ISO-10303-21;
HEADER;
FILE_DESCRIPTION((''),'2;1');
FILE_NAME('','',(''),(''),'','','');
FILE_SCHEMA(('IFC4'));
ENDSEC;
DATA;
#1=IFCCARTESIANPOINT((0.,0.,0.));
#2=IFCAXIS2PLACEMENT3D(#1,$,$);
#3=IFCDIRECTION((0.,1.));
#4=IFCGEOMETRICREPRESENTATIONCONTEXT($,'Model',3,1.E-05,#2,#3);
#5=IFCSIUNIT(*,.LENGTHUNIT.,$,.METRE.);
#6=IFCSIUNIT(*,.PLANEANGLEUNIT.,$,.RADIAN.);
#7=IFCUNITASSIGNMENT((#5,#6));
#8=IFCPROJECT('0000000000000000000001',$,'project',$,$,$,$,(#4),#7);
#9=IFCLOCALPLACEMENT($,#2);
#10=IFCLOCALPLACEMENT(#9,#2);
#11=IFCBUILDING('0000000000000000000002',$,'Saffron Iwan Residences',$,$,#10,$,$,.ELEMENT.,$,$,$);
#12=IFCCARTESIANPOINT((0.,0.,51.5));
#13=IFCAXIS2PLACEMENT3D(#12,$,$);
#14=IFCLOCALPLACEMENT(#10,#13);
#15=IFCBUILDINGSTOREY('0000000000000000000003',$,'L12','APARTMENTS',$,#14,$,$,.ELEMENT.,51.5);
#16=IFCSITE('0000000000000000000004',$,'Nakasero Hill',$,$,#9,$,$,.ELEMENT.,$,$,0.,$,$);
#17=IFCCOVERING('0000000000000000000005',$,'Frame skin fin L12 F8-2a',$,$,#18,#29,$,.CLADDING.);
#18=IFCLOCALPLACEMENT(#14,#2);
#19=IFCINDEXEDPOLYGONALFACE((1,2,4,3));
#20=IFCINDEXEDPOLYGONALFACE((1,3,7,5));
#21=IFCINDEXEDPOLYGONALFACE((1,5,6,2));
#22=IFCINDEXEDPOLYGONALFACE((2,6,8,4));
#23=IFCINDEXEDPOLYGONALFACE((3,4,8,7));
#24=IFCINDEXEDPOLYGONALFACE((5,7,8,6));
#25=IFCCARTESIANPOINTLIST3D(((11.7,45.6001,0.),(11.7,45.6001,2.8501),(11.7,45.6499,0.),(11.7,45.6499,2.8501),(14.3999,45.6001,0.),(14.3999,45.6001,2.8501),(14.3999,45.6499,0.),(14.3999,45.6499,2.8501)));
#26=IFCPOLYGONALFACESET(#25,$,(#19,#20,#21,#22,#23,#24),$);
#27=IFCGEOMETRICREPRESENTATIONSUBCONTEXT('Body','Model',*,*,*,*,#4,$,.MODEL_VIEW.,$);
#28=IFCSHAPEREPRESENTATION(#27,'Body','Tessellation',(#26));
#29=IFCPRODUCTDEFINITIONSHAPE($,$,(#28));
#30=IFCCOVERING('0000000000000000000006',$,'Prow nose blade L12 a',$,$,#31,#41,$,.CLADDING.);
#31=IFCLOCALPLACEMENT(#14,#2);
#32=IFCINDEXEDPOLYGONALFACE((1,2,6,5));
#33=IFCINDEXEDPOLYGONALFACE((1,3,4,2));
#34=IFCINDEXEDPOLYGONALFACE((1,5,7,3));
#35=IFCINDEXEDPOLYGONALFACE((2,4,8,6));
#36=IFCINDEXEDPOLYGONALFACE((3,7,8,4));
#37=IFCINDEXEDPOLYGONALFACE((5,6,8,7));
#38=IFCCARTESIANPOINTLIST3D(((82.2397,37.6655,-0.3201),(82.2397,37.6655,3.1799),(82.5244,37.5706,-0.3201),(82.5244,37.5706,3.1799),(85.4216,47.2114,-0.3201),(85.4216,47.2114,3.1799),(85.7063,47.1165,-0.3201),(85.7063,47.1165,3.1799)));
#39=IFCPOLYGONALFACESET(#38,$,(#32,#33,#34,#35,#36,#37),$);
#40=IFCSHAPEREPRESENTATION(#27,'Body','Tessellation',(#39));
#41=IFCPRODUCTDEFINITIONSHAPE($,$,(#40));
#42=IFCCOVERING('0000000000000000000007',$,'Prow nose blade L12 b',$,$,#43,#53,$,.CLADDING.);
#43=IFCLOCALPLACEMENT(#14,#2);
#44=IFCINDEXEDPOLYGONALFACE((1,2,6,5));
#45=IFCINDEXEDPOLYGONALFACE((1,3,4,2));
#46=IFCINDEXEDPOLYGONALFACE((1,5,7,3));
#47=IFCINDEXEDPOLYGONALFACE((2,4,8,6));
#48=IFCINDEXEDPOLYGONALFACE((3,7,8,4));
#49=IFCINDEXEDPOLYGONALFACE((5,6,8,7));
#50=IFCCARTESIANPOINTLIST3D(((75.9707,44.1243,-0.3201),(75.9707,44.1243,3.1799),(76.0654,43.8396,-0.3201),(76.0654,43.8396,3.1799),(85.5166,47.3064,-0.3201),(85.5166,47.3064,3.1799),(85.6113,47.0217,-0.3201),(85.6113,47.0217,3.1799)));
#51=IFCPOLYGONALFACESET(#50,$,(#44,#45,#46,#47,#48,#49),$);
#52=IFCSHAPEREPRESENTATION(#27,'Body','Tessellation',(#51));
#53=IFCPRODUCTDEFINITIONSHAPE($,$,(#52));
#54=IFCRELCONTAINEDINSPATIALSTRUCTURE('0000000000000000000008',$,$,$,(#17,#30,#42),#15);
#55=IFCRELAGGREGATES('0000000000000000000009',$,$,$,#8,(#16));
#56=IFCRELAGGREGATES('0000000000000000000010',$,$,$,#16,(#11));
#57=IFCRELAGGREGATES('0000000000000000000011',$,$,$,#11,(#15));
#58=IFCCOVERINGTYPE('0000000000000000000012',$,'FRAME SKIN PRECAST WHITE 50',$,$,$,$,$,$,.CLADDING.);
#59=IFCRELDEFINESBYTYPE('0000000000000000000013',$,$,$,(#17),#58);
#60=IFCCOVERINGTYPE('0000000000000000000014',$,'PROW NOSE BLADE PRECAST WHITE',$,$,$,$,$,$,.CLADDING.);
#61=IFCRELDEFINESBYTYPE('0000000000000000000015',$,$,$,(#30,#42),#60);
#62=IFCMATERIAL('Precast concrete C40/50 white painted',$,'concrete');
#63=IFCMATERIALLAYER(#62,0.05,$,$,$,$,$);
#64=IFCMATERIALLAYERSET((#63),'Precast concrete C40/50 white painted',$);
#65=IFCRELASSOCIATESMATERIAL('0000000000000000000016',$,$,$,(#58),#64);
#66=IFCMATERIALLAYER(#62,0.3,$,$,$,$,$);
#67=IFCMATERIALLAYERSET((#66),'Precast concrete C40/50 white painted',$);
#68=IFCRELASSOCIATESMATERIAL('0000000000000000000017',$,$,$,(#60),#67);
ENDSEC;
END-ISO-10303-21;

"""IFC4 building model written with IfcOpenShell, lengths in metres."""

from ifc_helpers import new_model, si_unit, direction, frame, origin, place, context, subcontext, project, spatial, polyline, outline, extrude, material, layer, layer_set, type_object, element, save


model = new_model("IFC4")

# Units and contexts
model_context = context("Model", 3, precision=1e-05, world=origin(), true_north=direction((0.0, 1.0)))
body_context = subcontext(model_context, "Body", "Model", "MODEL_VIEW")
ifc_project = project(units=[si_unit("LENGTHUNIT", "METRE"), si_unit("PLANEANGLEUNIT", "RADIAN")], contexts=[model_context])

# Site, building, storey
site_placement = place(None, origin())
site = spatial("IfcSite", under=ifc_project, at=site_placement, Name="Nakasero Hill", CompositionType="ELEMENT", RefElevation=0.0)
building_placement = place(site_placement, origin())
building = spatial("IfcBuilding", under=site, at=building_placement, Name="Saffron Iwan Residences", CompositionType="ELEMENT")
storey_placement = place(building_placement, frame((0.0, 0.0, 51.5)))
storey = spatial("IfcBuildingStorey", under=building, at=storey_placement, Name="L12", Description="APARTMENTS", CompositionType="ELEMENT", Elevation=51.5)

# Coverings
ifc_material_1 = material(Name="Precast concrete C40/50 white painted", Category="concrete")
ifc_layer_1 = layer(ifc_material_1, 0.05)
ifc_layer_set_1 = layer_set([ifc_layer_1], Name="Precast concrete C40/50 white painted")
covering_type_1 = type_object("IfcCoveringType", Name="FRAME SKIN PRECAST WHITE 50", PredefinedType="CLADDING", material=ifc_layer_set_1)
covering_1_placement = place(storey_placement, origin())
element("IfcCovering", 1, at=covering_1_placement, inside=storey, type_object=covering_type_1, Name="Frame skin fin L12 F8-2a", PredefinedType="CLADDING", context=body_context, shape_type="SweptSolid", body=[
    extrude(outline(polyline([(11.7, 45.6499), (11.7, 45.6001), (14.3999, 45.6001), (14.3999, 45.6499), (11.7, 45.6499)])), origin(), (0.0, 0.0, 1.0), 2.8501),
])
ifc_layer_2 = layer(ifc_material_1, 0.3)
ifc_layer_set_2 = layer_set([ifc_layer_2], Name="Precast concrete C40/50 white painted")
covering_type_2 = type_object("IfcCoveringType", Name="PROW NOSE BLADE PRECAST WHITE", PredefinedType="CLADDING", material=ifc_layer_set_2)
covering_2_placement = place(storey_placement, frame((0.0, 0.0, -0.3201)))
element("IfcCovering", 2, at=covering_2_placement, inside=storey, type_object=covering_type_2, Name="Prow nose blade L12 a", PredefinedType="CLADDING", context=body_context, shape_type="SweptSolid", body=[
    extrude(outline(polyline([(82.5244, 37.5706), (85.7063, 47.1165), (85.4216, 47.2114), (82.2397, 37.6655), (82.5244, 37.5706)])), origin(), (0.0, 0.0, 1.0), 3.5),
])
covering_3_placement = place(storey_placement, frame((0.0, 0.0, -0.3201)))
element("IfcCovering", 3, at=covering_3_placement, inside=storey, type_object=covering_type_2, Name="Prow nose blade L12 b", PredefinedType="CLADDING", context=body_context, shape_type="SweptSolid", body=[
    extrude(outline(polyline([(76.0654, 43.8396), (85.6113, 47.0217), (85.5166, 47.3064), (75.9707, 44.1243), (76.0654, 43.8396)])), origin(), (0.0, 0.0, 1.0), 3.5),
])

save(model, "model.ifc")
